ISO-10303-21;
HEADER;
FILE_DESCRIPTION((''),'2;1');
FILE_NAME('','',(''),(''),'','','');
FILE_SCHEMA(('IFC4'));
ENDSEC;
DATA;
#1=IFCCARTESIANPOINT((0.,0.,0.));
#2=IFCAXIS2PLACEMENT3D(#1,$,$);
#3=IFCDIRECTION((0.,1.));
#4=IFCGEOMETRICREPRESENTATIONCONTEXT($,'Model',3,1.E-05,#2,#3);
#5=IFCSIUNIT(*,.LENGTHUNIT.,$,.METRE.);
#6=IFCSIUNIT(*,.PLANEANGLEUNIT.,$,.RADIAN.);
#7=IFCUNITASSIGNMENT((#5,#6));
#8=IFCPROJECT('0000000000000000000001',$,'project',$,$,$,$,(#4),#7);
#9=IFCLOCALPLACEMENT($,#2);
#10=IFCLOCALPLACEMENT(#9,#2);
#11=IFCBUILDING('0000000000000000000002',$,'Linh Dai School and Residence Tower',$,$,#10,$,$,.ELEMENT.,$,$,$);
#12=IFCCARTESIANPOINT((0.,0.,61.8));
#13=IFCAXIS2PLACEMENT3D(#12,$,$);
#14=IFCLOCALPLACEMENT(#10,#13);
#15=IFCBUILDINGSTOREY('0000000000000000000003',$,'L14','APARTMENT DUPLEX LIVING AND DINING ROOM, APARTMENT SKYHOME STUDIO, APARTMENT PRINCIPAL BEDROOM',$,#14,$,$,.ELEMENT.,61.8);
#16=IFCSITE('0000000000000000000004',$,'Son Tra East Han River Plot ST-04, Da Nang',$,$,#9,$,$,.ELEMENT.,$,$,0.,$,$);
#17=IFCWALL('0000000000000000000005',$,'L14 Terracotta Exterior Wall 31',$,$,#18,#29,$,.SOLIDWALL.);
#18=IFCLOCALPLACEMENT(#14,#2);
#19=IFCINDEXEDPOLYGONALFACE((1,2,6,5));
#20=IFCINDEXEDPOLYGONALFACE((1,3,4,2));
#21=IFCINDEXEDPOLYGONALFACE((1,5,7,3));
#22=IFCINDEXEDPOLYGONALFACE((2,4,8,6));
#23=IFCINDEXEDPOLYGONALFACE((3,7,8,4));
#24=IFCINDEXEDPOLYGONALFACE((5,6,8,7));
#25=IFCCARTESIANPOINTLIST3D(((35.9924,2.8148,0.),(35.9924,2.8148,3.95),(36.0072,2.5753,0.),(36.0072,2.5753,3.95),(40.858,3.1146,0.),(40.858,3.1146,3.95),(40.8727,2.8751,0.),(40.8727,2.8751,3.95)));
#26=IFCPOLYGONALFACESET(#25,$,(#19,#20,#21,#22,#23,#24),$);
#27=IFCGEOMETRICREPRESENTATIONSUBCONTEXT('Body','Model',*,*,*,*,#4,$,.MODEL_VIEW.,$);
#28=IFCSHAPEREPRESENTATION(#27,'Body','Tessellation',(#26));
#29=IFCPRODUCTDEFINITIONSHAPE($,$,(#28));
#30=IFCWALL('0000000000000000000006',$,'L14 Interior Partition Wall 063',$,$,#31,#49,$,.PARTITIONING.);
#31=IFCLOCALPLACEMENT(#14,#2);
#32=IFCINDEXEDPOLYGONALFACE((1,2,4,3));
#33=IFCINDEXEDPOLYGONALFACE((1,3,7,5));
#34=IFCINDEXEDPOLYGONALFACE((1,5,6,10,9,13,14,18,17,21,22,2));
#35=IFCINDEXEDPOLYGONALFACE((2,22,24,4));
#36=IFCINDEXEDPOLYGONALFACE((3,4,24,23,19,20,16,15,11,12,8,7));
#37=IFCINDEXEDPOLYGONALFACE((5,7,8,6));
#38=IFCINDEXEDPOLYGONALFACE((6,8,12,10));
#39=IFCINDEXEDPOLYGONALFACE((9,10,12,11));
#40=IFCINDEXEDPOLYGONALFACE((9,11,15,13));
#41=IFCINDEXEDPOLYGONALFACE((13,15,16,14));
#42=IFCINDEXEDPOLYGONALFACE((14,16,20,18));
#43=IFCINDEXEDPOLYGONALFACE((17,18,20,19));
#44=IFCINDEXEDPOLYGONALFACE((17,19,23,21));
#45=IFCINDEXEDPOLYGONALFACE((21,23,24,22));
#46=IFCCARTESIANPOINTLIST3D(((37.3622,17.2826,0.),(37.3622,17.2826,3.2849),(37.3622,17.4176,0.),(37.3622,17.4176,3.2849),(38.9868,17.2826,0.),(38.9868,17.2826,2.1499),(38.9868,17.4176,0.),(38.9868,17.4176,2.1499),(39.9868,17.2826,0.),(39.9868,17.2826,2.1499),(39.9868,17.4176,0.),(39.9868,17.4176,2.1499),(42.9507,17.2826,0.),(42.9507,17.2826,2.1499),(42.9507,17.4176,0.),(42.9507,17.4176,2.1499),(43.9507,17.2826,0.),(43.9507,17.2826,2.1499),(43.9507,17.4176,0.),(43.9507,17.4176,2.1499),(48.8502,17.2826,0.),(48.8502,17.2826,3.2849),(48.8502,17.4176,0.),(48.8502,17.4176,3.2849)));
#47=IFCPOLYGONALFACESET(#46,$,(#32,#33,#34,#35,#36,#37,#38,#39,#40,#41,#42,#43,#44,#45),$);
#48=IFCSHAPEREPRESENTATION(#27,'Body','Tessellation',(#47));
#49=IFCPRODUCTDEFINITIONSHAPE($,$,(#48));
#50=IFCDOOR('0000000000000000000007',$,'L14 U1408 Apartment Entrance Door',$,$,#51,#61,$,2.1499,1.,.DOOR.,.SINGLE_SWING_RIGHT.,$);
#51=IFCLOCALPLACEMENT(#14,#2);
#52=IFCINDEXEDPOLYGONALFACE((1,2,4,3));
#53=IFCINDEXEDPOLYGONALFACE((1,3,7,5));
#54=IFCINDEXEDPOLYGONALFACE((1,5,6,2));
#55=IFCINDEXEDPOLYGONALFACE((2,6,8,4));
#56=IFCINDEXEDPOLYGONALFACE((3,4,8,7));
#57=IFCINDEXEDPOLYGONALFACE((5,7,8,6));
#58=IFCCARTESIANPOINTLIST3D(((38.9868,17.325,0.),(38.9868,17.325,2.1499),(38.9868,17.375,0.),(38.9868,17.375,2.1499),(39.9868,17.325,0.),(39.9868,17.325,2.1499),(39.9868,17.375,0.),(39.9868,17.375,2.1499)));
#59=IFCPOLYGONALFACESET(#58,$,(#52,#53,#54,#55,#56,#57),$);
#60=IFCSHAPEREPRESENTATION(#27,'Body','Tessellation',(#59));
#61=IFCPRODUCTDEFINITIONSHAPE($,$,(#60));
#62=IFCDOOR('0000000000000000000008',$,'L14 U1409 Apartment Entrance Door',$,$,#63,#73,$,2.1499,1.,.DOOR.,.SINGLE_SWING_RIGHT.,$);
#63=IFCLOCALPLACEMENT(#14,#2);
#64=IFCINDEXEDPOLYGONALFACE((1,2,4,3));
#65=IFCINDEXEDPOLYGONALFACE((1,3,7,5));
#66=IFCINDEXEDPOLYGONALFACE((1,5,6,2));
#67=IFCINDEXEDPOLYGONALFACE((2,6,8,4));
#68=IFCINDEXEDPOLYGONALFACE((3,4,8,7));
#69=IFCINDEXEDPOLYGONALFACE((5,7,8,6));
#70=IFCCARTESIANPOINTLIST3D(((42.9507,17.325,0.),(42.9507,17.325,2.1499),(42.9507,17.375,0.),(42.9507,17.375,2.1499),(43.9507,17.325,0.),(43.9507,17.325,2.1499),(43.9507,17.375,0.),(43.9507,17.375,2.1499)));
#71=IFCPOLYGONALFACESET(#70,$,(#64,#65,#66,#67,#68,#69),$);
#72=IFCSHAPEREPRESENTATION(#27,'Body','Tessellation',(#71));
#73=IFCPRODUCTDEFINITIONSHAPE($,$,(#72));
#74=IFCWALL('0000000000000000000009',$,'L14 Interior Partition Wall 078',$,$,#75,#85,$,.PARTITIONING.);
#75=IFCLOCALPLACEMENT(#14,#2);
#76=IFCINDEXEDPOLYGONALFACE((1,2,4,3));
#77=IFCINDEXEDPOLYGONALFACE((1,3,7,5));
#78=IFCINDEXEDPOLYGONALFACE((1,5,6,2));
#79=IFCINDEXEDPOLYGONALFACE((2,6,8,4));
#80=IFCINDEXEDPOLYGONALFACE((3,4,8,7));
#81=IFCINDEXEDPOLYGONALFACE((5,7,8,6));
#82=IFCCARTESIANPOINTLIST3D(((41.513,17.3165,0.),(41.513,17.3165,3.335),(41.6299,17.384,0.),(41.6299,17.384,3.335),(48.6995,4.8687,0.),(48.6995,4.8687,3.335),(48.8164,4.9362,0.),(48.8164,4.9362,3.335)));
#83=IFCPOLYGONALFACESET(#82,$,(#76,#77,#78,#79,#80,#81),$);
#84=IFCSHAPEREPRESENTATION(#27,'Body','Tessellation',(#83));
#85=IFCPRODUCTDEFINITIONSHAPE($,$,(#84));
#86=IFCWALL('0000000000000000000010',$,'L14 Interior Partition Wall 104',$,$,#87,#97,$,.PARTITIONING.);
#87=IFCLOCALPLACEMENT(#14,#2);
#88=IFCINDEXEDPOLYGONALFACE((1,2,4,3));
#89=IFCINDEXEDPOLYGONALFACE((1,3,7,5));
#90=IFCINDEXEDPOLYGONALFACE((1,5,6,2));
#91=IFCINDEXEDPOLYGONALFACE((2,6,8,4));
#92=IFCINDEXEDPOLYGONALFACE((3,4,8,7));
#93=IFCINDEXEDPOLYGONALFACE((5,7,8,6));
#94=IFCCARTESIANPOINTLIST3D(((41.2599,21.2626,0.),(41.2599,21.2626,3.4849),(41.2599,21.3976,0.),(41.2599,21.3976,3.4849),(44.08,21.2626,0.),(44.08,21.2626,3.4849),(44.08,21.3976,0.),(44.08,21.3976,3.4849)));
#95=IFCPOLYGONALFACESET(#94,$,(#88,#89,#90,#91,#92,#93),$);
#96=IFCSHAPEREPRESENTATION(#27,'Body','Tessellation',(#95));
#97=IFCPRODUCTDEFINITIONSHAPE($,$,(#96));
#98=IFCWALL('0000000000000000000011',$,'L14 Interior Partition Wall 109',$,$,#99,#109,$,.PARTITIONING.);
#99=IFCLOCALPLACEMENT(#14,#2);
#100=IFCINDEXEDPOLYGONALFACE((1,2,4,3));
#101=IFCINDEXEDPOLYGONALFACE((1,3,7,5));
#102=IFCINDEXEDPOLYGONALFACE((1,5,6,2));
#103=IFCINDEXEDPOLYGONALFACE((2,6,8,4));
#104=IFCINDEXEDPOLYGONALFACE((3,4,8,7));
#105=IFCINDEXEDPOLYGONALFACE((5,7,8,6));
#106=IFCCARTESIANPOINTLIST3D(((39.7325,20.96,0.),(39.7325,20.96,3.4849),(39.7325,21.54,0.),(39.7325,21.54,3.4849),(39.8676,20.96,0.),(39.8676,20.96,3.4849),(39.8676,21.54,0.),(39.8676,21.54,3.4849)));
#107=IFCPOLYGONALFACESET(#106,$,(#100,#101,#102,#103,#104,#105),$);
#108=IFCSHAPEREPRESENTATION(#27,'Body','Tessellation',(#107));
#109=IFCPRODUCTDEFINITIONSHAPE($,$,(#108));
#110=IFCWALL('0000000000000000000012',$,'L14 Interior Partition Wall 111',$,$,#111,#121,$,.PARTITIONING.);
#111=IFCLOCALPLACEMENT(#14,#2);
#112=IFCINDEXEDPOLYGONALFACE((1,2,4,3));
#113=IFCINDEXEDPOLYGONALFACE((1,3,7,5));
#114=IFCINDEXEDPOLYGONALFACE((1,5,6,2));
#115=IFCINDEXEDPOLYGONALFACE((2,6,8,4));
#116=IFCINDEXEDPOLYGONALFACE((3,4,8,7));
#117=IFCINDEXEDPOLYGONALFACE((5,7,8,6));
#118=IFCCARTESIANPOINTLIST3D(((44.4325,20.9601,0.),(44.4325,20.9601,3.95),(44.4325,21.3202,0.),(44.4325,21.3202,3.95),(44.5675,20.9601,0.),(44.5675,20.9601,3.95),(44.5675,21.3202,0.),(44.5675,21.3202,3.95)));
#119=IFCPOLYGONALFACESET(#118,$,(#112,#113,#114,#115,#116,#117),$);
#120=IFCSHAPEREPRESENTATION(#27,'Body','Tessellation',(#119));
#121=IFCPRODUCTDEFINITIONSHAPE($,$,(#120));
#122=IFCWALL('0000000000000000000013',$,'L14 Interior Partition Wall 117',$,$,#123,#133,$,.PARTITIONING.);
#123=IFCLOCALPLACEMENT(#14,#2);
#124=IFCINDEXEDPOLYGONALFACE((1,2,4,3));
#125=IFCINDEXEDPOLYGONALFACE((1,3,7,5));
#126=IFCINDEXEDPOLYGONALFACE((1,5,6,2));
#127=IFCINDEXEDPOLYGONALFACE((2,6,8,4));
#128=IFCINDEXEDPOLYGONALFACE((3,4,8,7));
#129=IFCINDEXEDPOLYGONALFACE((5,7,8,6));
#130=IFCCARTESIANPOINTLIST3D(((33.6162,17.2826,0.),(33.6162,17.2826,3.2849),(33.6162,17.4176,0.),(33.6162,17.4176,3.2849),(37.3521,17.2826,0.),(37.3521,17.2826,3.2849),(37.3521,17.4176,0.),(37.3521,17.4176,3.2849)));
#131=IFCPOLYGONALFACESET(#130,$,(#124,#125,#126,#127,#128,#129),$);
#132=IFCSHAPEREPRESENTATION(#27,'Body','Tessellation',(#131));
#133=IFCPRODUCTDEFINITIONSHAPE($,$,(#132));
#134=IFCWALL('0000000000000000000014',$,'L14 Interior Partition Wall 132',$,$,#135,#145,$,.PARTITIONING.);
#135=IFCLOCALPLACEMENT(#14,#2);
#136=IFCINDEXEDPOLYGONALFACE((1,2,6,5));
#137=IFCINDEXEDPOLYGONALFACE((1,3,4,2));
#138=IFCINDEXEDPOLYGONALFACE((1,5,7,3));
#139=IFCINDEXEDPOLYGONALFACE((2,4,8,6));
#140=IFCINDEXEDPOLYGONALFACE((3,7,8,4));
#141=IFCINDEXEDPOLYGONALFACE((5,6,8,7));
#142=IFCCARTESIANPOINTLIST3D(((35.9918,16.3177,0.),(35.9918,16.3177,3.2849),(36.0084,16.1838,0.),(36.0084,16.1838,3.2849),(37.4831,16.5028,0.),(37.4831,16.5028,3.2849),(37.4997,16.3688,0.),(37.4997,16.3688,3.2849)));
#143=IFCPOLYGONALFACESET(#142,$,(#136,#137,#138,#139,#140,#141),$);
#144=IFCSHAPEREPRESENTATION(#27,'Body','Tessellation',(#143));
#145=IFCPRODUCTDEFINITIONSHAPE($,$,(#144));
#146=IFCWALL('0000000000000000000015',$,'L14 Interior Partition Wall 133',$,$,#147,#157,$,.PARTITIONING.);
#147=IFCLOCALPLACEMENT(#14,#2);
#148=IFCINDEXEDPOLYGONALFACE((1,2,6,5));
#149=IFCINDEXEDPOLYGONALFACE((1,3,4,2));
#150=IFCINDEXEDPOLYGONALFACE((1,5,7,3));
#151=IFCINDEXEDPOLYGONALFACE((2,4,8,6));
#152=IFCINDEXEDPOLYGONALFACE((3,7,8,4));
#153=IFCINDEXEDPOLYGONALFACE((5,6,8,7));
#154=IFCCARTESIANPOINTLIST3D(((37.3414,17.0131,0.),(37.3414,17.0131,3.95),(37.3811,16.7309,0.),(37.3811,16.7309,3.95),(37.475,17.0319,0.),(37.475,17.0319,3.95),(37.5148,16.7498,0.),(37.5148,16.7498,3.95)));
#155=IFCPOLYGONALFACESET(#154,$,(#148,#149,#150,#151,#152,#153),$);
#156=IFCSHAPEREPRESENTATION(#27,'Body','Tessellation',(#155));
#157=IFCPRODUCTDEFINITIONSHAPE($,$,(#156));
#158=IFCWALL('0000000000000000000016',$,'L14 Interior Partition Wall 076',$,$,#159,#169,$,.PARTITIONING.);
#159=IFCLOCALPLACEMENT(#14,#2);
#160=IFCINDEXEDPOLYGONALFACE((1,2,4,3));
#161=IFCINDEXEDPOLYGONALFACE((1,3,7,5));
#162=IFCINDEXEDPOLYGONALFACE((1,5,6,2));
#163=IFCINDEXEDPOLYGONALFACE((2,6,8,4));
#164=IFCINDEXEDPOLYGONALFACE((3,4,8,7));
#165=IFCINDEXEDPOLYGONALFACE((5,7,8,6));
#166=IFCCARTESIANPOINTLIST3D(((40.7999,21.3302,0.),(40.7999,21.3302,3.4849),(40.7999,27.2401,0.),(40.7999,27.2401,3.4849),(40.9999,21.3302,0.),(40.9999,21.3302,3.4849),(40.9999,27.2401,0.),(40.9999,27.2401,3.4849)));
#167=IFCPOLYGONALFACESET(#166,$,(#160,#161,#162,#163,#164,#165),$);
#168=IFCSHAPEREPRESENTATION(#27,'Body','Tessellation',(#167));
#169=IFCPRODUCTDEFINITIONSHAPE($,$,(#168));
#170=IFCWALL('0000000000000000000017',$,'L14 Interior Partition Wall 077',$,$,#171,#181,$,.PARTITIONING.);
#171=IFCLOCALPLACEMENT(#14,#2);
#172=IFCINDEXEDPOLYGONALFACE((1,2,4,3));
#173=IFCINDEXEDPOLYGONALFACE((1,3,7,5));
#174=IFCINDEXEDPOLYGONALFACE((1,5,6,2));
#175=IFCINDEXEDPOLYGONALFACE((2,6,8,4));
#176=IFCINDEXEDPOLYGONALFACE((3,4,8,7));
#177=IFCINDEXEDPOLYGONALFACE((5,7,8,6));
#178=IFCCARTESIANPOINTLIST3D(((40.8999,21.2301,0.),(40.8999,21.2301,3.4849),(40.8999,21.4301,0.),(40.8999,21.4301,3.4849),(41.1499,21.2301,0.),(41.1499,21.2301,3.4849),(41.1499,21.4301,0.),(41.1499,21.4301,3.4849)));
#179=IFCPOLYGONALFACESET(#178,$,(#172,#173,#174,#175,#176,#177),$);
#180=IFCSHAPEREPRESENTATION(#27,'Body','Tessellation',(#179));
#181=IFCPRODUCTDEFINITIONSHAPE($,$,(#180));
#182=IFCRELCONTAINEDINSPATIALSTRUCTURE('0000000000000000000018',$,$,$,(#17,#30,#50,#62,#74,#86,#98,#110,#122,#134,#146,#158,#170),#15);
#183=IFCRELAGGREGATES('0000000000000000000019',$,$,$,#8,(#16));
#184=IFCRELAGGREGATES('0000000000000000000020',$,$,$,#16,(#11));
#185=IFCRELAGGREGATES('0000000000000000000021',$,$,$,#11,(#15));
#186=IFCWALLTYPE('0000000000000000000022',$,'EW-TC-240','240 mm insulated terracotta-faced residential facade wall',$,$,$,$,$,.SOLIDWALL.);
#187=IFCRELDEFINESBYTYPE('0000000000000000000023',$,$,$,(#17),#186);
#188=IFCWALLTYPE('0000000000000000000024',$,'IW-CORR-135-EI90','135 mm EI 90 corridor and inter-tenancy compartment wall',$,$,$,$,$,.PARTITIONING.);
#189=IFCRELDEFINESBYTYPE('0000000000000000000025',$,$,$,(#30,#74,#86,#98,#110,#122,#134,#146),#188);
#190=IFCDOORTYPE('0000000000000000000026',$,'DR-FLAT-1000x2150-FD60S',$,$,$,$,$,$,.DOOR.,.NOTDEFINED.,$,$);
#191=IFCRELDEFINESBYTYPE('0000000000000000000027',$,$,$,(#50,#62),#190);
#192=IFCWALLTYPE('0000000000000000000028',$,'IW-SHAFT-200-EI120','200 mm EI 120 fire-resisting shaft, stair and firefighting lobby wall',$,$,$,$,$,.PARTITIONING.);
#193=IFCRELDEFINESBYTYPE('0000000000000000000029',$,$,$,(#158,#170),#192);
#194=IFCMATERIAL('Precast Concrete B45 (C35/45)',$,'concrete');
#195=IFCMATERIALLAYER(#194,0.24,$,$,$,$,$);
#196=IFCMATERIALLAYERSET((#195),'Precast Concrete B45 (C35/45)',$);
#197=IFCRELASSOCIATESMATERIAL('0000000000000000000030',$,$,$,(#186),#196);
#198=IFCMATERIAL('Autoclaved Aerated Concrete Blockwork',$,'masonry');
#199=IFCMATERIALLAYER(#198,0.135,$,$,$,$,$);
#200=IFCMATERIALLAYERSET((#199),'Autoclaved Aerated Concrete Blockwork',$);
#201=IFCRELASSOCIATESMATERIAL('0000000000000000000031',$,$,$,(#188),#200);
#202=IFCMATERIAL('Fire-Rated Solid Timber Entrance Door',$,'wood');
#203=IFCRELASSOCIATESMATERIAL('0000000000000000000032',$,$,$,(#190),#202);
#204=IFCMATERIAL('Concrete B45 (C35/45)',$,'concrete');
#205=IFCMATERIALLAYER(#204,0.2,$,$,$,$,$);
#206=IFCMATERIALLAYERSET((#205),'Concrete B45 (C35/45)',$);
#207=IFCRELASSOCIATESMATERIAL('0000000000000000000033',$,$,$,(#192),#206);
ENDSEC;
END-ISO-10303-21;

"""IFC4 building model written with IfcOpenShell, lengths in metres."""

from ifc_helpers import new_model, si_unit, direction, frame, frame_2d, origin, origin_2d, place, context, subcontext, project, spatial, rectangle, extrude, source, transform, mapped, material, layer, layer_set, type_object, element, fill, save


model = new_model("IFC4")

# Units and contexts
model_context = context("Model", 3, precision=1e-05, world=origin(), true_north=direction((0.0, 1.0)))
body_context = subcontext(model_context, "Body", "Model", "MODEL_VIEW")
ifc_project = project(units=[si_unit("LENGTHUNIT", "METRE"), si_unit("PLANEANGLEUNIT", "RADIAN")], contexts=[model_context])

# Site, building, storey
site_placement = place(None, origin())
site = spatial("IfcSite", under=ifc_project, at=site_placement, Name="Son Tra East Han River Plot ST-04, Da Nang", CompositionType="ELEMENT", RefElevation=0.0)
building_placement = place(site_placement, origin())
building = spatial("IfcBuilding", under=site, at=building_placement, Name="Linh Dai School and Residence Tower", CompositionType="ELEMENT")
storey_placement = place(building_placement, frame((0.0, 0.0, 61.8)))
storey = spatial("IfcBuildingStorey", under=building, at=storey_placement, Name="L14", Description="APARTMENT DUPLEX LIVING AND DINING ROOM, APARTMENT SKYHOME STUDIO, APARTMENT PRINCIPAL BEDROOM", CompositionType="ELEMENT", Elevation=61.8)

# Shared definitions
ifc_material_1 = material(Name="Precast Concrete B45 (C35/45)", Category="concrete")
ifc_layer_1 = layer(ifc_material_1, 0.24)
ifc_layer_set_1 = layer_set([ifc_layer_1], Name="Precast Concrete B45 (C35/45)")
wall_type_1 = type_object("IfcWallType", Name="EW-TC-240", Description="240 mm insulated terracotta-faced residential facade wall", PredefinedType="SOLIDWALL", material=ifc_layer_set_1)

# Wall
wall_1_placement = place(storey_placement, frame((40.8655, 2.9949, 0.0), z_axis=(0.0, 0.0, 1.0), x_axis=(-0.998107, -0.061502, 0.0)))
element("IfcWall", 1, at=wall_1_placement, inside=storey, type_object=wall_type_1, Name="L14 Terracotta Exterior Wall 31", PredefinedType="SOLIDWALL", context=body_context, shape_type="SweptSolid", body=[
    extrude(rectangle(XDim=4.8748, YDim=0.24, at=frame_2d((2.4375, 0.0))), origin(), (0.0, 0.0, 1.0), 3.95),
])

# Wall, openings, doors
ifc_material_2 = material(Name="Autoclaved Aerated Concrete Blockwork", Category="masonry")
ifc_layer_2 = layer(ifc_material_2, 0.135)
ifc_layer_set_2 = layer_set([ifc_layer_2], Name="Autoclaved Aerated Concrete Blockwork")
wall_type_2 = type_object("IfcWallType", Name="IW-CORR-135-EI90", Description="135 mm EI 90 corridor and inter-tenancy compartment wall", PredefinedType="PARTITIONING", material=ifc_layer_set_2)
wall_2_placement = place(storey_placement, frame((37.3621, 17.3501, 0.0), z_axis=(0.0, 0.0, 1.0), x_axis=(1.0, 0.0, 0.0)))
wall_2 = element("IfcWall", 2, at=wall_2_placement, inside=storey, type_object=wall_type_2, Name="L14 Interior Partition Wall 063", PredefinedType="PARTITIONING", context=body_context, shape_type="SweptSolid", body=[
    extrude(rectangle(XDim=11.488, YDim=0.135, at=frame_2d((5.7441, 0.0))), origin(), (0.0, 0.0, 1.0), 3.2849),
])
opening_1_placement = place(wall_2_placement, frame((1.6248, 0.0, 0.0)))
opening_1 = element("IfcOpeningElement", 3, at=opening_1_placement, cuts=wall_2, PredefinedType="OPENING", context=body_context, shape_type="SweptSolid", body=[
    extrude(rectangle(XDim=1.0, YDim=2.1499, at=origin_2d()), frame((0.5, 0.0776, 1.075), z_axis=(0.0, -1.0, 0.0), x_axis=(1.0, 0.0, 0.0)), (0.0, 0.0, 1.0), 0.155),
])
opening_2_placement = place(wall_2_placement, frame((5.5886, 0.0, 0.0)))
opening_2 = element("IfcOpeningElement", 4, at=opening_2_placement, cuts=wall_2, PredefinedType="OPENING", context=body_context, shape_type="SweptSolid", body=[
    extrude(rectangle(XDim=1.0, YDim=2.1499, at=origin_2d()), frame((0.5, 0.0776, 1.075), z_axis=(0.0, -1.0, 0.0), x_axis=(1.0, 0.0, 0.0)), (0.0, 0.0, 1.0), 0.155),
])
ifc_material_3 = material(Name="Fire-Rated Solid Timber Entrance Door", Category="wood")
door_type_1 = type_object("IfcDoorType", Name="DR-FLAT-1000x2150-FD60S", OperationType="NOTDEFINED", PredefinedType="DOOR", material=ifc_material_3)
shared_shape_1 = source(origin(), body_context, "Body", "SweptSolid", [
    extrude(rectangle(XDim=1.0, YDim=2.1499, at=origin_2d()), frame((0.5, 0.0249, 1.075), z_axis=(0.0, -1.0, 0.0), x_axis=(1.0, 0.0, 0.0)), (0.0, 0.0, 1.0), 0.05),
])
door_1_placement = place(opening_1_placement, origin())
door_1 = element("IfcDoor", 5, at=door_1_placement, inside=storey, type_object=door_type_1, Name="L14 U1408 Apartment Entrance Door", OperationType="SINGLE_SWING_RIGHT", OverallHeight=2.1499, OverallWidth=1.0, PredefinedType="DOOR", context=body_context, shape_type="MappedRepresentation", body=[
    mapped(shared_shape_1, transform((0.0, 0.0, 0.0), x_axis=(1.0, 0.0, 0.0), y_axis=(0.0, 1.0, 0.0), z_axis=(0.0, 0.0, 1.0), scale=1.0)),
])
fill(opening_1, door_1)
door_2_placement = place(opening_2_placement, origin())
door_2 = element("IfcDoor", 6, at=door_2_placement, inside=storey, type_object=door_type_1, Name="L14 U1409 Apartment Entrance Door", OperationType="SINGLE_SWING_RIGHT", OverallHeight=2.1499, OverallWidth=1.0, PredefinedType="DOOR", context=body_context, shape_type="MappedRepresentation", body=[
    mapped(shared_shape_1, transform((0.0, 0.0, 0.0), x_axis=(1.0, 0.0, 0.0), y_axis=(0.0, 1.0, 0.0), z_axis=(0.0, 0.0, 1.0), scale=1.0)),
])
fill(opening_2, door_2)

# Walls
wall_3_placement = place(storey_placement, frame((41.5715, 17.3501, 0.0), z_axis=(0.0, 0.0, 1.0), x_axis=(0.49999, -0.866031, 0.0)))
element("IfcWall", 7, at=wall_3_placement, inside=storey, type_object=wall_type_2, Name="L14 Interior Partition Wall 078", PredefinedType="PARTITIONING", context=body_context, shape_type="SweptSolid", body=[
    extrude(rectangle(XDim=14.3733, YDim=0.135, at=frame_2d((7.1865, 0.0))), origin(), (0.0, 0.0, 1.0), 3.335),
])
wall_4_placement = place(storey_placement, frame((44.0801, 21.3301, 0.0), z_axis=(0.0, 0.0, 1.0), x_axis=(-1.0, 0.0, 0.0)))
element("IfcWall", 8, at=wall_4_placement, inside=storey, type_object=wall_type_2, Name="L14 Interior Partition Wall 104", PredefinedType="PARTITIONING", context=body_context, shape_type="SweptSolid", body=[
    extrude(rectangle(XDim=2.8201, YDim=0.135, at=frame_2d((1.4102, 0.0))), origin(), (0.0, 0.0, 1.0), 3.4849),
])
wall_5_placement = place(storey_placement, frame((39.8, 20.96, 0.0), z_axis=(0.0, 0.0, 1.0), x_axis=(0.0, 1.0, 0.0)))
element("IfcWall", 9, at=wall_5_placement, inside=storey, type_object=wall_type_2, Name="L14 Interior Partition Wall 109", PredefinedType="PARTITIONING", context=body_context, shape_type="SweptSolid", body=[
    extrude(rectangle(XDim=0.5801, YDim=0.135, at=frame_2d((0.29, 0.0))), origin(), (0.0, 0.0, 1.0), 3.4849),
])
wall_6_placement = place(storey_placement, frame((44.5, 20.96, 0.0), z_axis=(0.0, 0.0, 1.0), x_axis=(0.0, 1.0, 0.0)))
element("IfcWall", 10, at=wall_6_placement, inside=storey, type_object=wall_type_2, Name="L14 Interior Partition Wall 111", PredefinedType="PARTITIONING", context=body_context, shape_type="SweptSolid", body=[
    extrude(rectangle(XDim=0.3601, YDim=0.135, at=frame_2d((0.1802, 0.0))), origin(), (0.0, 0.0, 1.0), 3.95),
])
wall_7_placement = place(storey_placement, frame((37.3521, 17.3501, 0.0), z_axis=(0.0, 0.0, 1.0), x_axis=(-1.0, 0.0, 0.0)))
element("IfcWall", 11, at=wall_7_placement, inside=storey, type_object=wall_type_2, Name="L14 Interior Partition Wall 117", PredefinedType="PARTITIONING", context=body_context, shape_type="SweptSolid", body=[
    extrude(rectangle(XDim=3.7358, YDim=0.135, at=frame_2d((1.8679, 0.0))), origin(), (0.0, 0.0, 1.0), 3.2849),
])
wall_8_placement = place(storey_placement, frame((36.0, 16.2507, 0.0), z_axis=(0.0, 0.0, 1.0), x_axis=(0.992387, 0.123155, 0.0)))
element("IfcWall", 12, at=wall_8_placement, inside=storey, type_object=wall_type_2, Name="L14 Interior Partition Wall 132", PredefinedType="PARTITIONING", context=body_context, shape_type="SweptSolid", body=[
    extrude(rectangle(XDim=1.5027, YDim=0.135, at=frame_2d((0.7515, 0.0))), origin(), (0.0, 0.0, 1.0), 3.2849),
])
wall_9_placement = place(storey_placement, frame((37.448, 16.7402, 0.0), z_axis=(0.0, 0.0, 1.0), x_axis=(-0.139622, 0.990205, 0.0)))
element("IfcWall", 13, at=wall_9_placement, inside=storey, type_object=wall_type_2, Name="L14 Interior Partition Wall 133", PredefinedType="PARTITIONING", context=body_context, shape_type="SweptSolid", body=[
    extrude(rectangle(XDim=0.2849, YDim=0.135, at=frame_2d((0.1426, 0.0))), origin(), (0.0, 0.0, 1.0), 3.95),
])
ifc_material_4 = material(Name="Concrete B45 (C35/45)", Category="concrete")
ifc_layer_3 = layer(ifc_material_4, 0.2)
ifc_layer_set_3 = layer_set([ifc_layer_3], Name="Concrete B45 (C35/45)")
wall_type_3 = type_object("IfcWallType", Name="IW-SHAFT-200-EI120", Description="200 mm EI 120 fire-resisting shaft, stair and firefighting lobby wall", PredefinedType="PARTITIONING", material=ifc_layer_set_3)
wall_10_placement = place(storey_placement, frame((40.8999, 21.3301, 0.0), z_axis=(0.0, 0.0, 1.0), x_axis=(0.0, 1.0, 0.0)))
element("IfcWall", 14, at=wall_10_placement, inside=storey, type_object=wall_type_3, Name="L14 Interior Partition Wall 076", PredefinedType="PARTITIONING", context=body_context, shape_type="SweptSolid", body=[
    extrude(rectangle(XDim=5.9099, YDim=0.2, at=frame_2d((2.9551, 0.0))), origin(), (0.0, 0.0, 1.0), 3.4849),
])
wall_11_placement = place(storey_placement, frame((40.8999, 21.3301, 0.0), z_axis=(0.0, 0.0, 1.0), x_axis=(1.0, 0.0, 0.0)))
element("IfcWall", 15, at=wall_11_placement, inside=storey, type_object=wall_type_3, Name="L14 Interior Partition Wall 077", PredefinedType="PARTITIONING", context=body_context, shape_type="SweptSolid", body=[
    extrude(rectangle(XDim=0.25, YDim=0.2, at=frame_2d((0.125, 0.0))), origin(), (0.0, 0.0, 1.0), 3.4849),
])

save(model, "model.ifc")
